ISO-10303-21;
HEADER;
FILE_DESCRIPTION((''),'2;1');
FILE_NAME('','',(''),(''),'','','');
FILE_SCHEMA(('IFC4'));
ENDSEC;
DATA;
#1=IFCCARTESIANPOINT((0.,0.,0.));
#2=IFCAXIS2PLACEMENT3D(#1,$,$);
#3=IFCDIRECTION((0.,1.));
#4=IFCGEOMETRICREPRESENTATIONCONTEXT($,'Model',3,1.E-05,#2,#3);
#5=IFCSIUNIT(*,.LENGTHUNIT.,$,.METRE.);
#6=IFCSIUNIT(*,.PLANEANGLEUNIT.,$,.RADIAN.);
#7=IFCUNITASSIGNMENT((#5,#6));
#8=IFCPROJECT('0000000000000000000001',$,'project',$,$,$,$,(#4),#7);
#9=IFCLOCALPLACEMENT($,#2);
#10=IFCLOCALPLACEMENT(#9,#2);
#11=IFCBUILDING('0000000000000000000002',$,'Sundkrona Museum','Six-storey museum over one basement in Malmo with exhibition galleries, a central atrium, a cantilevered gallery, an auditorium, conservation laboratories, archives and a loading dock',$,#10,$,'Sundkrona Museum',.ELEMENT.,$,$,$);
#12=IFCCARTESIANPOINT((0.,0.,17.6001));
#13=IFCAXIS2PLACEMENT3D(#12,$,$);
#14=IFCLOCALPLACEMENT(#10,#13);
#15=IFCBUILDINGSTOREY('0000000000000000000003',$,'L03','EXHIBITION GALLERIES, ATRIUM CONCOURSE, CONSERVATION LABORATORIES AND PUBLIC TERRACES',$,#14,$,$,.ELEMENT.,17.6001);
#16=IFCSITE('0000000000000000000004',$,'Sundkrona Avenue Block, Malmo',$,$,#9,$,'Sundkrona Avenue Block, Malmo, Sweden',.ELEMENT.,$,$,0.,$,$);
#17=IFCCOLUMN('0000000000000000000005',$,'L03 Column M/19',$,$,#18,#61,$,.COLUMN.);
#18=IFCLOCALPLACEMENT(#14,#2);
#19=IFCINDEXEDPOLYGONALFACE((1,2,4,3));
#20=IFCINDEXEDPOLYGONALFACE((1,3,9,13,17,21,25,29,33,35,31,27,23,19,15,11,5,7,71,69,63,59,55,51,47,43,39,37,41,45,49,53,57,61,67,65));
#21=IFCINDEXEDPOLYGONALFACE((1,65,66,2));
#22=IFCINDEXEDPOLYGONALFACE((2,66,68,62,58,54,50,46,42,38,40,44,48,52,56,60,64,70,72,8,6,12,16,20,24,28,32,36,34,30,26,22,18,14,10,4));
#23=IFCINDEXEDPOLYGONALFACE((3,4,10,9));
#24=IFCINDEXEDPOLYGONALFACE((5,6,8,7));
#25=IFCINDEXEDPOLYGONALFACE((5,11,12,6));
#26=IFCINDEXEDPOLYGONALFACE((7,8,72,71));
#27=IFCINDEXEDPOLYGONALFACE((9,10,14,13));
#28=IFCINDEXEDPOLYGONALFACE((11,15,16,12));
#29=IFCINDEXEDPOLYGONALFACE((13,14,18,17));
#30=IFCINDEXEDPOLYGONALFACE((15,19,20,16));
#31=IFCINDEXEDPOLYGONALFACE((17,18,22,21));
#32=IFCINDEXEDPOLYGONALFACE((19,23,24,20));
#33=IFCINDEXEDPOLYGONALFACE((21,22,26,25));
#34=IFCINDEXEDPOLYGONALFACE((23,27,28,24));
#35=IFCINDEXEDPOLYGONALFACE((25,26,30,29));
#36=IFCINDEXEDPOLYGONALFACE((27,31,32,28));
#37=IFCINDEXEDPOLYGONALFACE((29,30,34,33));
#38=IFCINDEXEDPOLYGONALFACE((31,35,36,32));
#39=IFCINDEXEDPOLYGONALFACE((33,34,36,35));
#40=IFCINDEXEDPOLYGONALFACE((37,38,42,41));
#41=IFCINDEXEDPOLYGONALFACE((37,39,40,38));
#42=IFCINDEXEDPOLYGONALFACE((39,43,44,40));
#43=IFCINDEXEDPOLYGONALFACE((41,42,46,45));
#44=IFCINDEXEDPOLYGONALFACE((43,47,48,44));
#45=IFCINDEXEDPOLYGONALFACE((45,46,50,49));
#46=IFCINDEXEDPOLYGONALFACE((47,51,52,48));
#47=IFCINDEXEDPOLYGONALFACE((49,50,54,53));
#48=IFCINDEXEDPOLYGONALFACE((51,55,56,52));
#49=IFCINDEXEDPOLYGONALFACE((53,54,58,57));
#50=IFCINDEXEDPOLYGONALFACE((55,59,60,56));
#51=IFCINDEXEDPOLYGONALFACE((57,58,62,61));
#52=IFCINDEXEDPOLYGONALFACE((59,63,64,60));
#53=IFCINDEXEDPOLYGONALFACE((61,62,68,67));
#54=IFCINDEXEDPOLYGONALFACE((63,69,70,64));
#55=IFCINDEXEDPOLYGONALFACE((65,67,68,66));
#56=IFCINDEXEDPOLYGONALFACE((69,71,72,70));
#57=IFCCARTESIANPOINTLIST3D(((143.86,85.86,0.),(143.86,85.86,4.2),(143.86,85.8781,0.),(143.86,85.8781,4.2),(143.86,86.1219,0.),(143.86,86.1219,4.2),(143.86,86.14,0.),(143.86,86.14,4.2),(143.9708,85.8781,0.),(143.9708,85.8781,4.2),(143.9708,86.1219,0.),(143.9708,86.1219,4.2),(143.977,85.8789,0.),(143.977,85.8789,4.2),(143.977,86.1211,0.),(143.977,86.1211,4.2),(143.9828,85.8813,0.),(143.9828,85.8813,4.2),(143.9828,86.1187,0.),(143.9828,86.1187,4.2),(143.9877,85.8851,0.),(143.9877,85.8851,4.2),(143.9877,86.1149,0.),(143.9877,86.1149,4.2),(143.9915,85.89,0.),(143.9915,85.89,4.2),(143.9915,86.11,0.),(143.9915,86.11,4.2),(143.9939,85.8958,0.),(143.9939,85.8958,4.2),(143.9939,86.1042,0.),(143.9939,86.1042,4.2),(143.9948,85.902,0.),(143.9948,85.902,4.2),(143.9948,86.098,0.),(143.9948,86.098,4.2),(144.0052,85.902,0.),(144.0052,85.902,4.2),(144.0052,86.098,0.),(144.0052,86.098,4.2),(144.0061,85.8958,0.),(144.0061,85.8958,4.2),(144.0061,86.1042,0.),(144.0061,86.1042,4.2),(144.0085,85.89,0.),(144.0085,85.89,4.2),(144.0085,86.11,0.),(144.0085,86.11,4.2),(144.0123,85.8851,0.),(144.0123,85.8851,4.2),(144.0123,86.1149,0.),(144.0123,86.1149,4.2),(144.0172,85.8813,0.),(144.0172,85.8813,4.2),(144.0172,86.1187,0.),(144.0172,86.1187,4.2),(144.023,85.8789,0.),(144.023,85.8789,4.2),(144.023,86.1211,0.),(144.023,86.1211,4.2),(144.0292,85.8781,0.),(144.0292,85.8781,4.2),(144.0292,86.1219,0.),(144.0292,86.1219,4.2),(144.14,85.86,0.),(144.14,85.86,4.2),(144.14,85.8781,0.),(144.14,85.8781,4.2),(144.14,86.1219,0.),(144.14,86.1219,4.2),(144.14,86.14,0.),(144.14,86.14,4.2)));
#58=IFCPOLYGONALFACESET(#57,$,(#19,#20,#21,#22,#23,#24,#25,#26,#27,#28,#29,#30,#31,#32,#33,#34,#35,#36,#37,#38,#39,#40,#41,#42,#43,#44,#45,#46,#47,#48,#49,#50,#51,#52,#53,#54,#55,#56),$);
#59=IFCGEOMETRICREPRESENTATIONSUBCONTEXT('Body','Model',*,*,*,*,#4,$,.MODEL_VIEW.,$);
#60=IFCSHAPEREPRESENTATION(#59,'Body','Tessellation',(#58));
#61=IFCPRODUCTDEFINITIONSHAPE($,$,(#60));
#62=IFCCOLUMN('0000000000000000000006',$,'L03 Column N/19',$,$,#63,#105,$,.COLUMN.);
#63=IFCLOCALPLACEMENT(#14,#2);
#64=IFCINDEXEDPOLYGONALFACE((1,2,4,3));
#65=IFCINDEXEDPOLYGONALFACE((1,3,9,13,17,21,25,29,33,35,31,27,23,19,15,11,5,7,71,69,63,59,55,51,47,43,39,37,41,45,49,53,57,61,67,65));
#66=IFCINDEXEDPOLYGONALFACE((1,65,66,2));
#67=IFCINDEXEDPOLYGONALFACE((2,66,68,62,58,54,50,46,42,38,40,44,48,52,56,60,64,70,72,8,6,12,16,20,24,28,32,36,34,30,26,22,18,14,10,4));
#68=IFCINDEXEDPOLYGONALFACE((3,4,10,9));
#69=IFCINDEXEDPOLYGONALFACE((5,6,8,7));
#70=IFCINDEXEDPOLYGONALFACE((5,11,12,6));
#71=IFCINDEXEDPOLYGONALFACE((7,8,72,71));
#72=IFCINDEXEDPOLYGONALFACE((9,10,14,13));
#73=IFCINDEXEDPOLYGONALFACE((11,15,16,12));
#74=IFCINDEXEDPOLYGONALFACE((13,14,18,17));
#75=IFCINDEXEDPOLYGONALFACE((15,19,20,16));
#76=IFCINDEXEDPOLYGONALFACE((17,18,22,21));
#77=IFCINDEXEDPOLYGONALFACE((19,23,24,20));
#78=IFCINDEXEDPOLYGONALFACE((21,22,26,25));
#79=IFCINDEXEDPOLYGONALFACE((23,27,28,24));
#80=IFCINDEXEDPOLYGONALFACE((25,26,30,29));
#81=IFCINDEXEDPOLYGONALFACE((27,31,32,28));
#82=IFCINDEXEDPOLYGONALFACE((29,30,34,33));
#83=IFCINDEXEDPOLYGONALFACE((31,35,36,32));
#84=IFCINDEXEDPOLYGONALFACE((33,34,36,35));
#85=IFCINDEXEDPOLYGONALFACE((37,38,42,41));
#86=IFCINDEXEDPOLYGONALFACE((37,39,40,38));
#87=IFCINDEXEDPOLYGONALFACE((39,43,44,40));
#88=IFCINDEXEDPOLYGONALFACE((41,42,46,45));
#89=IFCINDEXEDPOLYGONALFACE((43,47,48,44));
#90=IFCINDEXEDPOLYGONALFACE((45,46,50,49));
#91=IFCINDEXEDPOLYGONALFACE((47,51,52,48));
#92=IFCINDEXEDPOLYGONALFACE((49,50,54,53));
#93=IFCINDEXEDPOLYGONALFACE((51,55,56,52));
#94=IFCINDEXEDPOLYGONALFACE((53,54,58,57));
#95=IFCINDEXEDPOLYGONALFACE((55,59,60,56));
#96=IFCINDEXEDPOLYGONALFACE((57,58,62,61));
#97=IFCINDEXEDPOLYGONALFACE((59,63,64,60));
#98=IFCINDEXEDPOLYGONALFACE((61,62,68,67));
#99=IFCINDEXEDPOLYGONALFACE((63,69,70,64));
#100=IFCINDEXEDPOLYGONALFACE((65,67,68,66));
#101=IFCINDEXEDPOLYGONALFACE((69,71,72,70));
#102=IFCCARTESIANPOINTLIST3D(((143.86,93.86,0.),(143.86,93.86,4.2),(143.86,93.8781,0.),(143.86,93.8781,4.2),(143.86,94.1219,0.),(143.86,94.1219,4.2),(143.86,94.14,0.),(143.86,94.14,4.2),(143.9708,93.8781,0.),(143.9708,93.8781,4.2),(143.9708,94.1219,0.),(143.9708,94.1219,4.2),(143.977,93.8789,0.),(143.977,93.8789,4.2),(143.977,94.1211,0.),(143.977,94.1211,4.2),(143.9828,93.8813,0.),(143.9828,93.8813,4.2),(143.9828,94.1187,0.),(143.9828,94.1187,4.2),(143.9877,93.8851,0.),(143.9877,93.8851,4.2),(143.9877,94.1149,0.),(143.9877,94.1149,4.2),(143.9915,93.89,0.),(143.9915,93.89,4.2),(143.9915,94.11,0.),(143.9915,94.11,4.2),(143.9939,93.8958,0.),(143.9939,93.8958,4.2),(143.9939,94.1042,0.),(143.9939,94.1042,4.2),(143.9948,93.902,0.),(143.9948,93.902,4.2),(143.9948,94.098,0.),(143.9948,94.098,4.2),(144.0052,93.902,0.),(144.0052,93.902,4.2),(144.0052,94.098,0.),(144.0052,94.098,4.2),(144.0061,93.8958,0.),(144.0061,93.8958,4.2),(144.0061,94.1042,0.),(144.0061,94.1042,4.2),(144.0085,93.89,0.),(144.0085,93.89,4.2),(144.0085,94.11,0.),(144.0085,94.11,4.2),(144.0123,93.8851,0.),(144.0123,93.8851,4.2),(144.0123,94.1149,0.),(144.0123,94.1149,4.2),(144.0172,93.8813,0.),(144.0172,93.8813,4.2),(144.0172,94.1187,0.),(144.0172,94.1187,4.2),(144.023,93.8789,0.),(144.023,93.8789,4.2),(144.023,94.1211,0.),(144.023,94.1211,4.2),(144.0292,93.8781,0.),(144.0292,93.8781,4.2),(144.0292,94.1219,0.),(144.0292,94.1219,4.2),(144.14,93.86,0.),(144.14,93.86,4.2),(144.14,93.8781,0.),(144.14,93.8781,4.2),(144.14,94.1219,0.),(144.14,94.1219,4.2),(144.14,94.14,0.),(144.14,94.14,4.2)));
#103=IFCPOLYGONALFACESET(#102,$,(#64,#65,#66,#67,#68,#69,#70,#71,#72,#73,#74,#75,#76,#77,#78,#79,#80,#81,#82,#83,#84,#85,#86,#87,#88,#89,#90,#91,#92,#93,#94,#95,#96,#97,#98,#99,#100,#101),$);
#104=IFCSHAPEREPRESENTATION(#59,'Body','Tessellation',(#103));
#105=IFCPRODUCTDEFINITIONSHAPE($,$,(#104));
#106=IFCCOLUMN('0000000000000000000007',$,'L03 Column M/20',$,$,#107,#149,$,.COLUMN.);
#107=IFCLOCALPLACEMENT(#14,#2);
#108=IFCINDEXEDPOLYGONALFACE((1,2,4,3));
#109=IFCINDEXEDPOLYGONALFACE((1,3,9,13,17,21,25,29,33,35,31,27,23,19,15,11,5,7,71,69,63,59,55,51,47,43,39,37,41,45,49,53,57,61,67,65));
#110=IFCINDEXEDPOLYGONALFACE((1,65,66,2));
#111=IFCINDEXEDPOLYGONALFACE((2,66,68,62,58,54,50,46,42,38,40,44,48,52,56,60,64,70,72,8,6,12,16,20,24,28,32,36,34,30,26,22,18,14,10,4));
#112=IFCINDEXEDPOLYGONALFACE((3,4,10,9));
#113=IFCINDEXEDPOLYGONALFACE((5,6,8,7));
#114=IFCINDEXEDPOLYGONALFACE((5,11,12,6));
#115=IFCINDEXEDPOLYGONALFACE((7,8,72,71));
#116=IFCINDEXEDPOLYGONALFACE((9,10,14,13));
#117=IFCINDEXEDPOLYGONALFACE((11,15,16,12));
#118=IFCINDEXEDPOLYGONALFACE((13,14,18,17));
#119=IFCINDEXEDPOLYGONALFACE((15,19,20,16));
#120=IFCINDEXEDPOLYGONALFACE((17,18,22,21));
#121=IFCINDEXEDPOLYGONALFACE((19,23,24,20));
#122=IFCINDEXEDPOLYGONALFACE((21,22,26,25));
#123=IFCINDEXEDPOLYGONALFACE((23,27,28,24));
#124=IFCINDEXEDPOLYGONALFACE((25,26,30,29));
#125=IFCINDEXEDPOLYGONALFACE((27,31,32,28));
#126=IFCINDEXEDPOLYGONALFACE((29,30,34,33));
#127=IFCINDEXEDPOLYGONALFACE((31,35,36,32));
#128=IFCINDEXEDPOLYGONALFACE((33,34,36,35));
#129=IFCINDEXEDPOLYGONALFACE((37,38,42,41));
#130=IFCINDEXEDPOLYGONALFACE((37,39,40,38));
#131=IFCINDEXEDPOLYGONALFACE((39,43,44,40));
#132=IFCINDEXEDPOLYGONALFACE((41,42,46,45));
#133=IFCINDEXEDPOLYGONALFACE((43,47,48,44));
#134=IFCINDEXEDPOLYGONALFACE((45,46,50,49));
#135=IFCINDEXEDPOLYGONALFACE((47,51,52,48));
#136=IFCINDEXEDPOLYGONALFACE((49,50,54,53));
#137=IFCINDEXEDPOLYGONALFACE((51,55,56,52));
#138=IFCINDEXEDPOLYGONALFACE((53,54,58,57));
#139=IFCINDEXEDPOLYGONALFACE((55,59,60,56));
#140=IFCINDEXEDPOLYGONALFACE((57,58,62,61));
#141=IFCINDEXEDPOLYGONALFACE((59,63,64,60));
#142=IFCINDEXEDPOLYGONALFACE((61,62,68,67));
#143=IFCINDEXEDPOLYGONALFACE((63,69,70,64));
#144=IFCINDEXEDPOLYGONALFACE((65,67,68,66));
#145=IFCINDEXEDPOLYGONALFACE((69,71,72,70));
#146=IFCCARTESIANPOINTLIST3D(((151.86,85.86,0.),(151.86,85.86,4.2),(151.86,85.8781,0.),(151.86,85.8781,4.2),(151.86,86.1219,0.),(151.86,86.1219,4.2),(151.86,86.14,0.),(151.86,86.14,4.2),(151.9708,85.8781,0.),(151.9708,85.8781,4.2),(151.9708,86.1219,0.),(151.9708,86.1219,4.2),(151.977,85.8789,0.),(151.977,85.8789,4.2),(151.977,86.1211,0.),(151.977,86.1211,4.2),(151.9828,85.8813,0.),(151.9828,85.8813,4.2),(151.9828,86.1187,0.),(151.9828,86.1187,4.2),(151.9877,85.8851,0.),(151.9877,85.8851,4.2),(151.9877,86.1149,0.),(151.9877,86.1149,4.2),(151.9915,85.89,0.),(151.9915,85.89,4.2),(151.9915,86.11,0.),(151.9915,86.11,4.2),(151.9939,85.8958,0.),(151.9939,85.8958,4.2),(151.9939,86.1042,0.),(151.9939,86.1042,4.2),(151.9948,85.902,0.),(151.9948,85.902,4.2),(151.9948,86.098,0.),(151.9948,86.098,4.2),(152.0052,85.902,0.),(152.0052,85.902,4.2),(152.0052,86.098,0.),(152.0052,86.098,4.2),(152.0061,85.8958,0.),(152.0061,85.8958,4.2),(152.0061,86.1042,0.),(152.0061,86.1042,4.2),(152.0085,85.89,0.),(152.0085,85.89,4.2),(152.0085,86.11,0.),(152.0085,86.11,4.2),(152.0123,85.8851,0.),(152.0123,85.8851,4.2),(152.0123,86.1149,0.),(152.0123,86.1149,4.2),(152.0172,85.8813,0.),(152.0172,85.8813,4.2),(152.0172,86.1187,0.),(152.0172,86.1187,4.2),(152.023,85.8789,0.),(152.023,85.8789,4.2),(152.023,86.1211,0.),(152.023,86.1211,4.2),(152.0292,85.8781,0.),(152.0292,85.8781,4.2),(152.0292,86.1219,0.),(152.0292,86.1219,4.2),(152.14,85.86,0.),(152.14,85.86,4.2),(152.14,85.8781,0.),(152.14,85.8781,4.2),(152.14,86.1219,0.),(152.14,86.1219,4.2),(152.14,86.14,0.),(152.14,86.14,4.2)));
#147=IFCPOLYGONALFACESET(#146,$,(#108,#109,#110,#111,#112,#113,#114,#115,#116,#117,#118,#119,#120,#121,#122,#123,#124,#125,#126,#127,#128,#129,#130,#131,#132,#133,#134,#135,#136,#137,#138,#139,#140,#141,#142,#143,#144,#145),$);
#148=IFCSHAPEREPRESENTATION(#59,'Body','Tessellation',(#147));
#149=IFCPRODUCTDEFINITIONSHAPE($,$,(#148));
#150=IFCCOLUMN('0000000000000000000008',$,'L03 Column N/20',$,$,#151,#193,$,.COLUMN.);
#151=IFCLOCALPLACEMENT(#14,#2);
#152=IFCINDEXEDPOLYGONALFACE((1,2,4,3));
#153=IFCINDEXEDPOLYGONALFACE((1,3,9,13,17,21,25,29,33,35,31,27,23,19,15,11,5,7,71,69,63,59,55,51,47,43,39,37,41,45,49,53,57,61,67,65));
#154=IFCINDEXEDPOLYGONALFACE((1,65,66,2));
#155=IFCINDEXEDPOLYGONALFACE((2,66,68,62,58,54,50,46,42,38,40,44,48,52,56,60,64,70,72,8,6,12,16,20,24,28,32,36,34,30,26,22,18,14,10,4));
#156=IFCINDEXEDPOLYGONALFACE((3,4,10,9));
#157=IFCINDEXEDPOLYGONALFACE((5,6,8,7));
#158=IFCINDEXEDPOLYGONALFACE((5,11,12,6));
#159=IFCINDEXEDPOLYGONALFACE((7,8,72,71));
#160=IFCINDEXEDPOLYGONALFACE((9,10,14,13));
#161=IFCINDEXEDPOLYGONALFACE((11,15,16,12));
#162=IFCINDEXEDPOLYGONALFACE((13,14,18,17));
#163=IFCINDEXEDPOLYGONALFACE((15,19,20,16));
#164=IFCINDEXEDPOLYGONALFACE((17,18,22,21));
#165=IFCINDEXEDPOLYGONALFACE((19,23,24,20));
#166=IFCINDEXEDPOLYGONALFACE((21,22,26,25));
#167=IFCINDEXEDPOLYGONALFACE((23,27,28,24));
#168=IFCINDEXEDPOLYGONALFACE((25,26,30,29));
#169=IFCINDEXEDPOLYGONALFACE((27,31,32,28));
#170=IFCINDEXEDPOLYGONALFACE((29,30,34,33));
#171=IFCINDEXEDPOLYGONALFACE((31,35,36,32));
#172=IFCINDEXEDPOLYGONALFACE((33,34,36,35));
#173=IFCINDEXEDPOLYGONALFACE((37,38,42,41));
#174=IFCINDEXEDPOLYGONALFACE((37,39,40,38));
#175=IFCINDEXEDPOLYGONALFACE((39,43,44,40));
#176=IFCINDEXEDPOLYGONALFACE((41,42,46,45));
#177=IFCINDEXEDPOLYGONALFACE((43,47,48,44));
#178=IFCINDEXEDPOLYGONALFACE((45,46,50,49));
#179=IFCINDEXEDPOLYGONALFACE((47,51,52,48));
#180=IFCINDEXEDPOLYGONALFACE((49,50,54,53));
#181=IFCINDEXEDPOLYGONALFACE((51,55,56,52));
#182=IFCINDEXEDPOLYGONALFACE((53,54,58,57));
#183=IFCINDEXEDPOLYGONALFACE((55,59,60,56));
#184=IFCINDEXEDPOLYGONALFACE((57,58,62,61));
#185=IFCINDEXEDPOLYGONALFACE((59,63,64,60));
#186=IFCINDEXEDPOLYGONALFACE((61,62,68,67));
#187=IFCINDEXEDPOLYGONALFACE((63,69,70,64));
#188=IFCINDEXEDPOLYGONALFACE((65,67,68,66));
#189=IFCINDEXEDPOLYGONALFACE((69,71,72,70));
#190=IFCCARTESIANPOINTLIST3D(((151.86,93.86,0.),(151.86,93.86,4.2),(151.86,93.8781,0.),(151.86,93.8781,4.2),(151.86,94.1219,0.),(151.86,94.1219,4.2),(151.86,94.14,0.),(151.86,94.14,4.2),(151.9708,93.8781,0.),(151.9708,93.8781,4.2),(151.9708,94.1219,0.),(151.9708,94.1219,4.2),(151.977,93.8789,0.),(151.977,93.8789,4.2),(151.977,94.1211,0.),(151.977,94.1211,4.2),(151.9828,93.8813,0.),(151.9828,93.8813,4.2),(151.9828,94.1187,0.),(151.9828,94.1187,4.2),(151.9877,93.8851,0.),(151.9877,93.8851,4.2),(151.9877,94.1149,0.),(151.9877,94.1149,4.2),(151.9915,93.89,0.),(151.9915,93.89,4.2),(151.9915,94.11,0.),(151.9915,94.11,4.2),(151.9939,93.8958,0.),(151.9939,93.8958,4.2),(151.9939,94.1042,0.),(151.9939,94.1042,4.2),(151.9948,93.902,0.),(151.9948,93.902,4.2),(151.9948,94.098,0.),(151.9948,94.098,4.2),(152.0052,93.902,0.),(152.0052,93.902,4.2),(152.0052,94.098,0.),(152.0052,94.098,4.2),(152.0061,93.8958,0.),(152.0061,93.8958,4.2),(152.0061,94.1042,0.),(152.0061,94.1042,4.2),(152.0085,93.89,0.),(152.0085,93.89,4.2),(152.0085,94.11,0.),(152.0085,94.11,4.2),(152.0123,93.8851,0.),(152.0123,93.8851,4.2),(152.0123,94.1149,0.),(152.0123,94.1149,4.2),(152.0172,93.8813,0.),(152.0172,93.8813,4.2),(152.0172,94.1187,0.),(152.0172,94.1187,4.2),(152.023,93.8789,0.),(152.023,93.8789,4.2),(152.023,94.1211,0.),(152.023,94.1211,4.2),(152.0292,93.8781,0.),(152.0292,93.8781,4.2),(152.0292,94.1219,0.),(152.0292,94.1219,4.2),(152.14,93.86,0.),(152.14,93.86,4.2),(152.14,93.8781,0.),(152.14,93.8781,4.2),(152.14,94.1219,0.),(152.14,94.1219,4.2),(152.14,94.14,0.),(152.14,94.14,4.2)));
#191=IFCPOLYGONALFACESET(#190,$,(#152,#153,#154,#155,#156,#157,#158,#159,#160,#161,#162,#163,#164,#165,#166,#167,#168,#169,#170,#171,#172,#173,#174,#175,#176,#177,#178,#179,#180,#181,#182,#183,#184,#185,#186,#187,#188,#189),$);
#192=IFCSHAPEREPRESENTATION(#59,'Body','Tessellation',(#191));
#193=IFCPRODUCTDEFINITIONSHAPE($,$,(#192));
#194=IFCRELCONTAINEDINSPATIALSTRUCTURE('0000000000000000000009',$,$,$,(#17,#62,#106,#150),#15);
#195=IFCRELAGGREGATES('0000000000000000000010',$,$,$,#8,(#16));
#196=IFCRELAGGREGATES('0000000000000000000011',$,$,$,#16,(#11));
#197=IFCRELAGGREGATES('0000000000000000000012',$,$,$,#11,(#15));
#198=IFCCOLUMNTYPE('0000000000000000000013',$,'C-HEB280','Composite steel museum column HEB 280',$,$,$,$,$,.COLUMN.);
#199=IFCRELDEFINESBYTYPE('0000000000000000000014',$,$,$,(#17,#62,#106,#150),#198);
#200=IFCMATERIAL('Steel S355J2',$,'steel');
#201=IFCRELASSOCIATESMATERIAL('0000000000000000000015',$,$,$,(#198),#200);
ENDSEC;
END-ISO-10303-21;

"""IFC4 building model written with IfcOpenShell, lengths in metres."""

from ifc_helpers import new_model, si_unit, direction, frame, origin, origin_2d, place, context, subcontext, project, spatial, i_section, extrude, material, material_profile, profile_set, type_object, element, save


model = new_model("IFC4")

# Units and contexts
model_context = context("Model", 3, precision=1e-05, world=origin(), true_north=direction((0.0, 1.0)))
body_context = subcontext(model_context, "Body", "Model", "MODEL_VIEW")
ifc_project = project(units=[si_unit("LENGTHUNIT", "METRE"), si_unit("PLANEANGLEUNIT", "RADIAN")], contexts=[model_context])

# Site, building, storey
site_placement = place(None, origin())
site = spatial("IfcSite", under=ifc_project, at=site_placement, Name="Sundkrona Avenue Block, Malmo", LongName="Sundkrona Avenue Block, Malmo, Sweden", CompositionType="ELEMENT", RefElevation=0.0)
building_placement = place(site_placement, origin())
building = spatial("IfcBuilding", under=site, at=building_placement, Name="Sundkrona Museum", Description="Six-storey museum over one basement in Malmo with exhibition galleries, a central atrium, a cantilevered gallery, an auditorium, conservation laboratories, archives and a loading dock", LongName="Sundkrona Museum", CompositionType="ELEMENT")
storey_placement = place(building_placement, frame((0.0, 0.0, 17.6001)))
storey = spatial("IfcBuildingStorey", under=building, at=storey_placement, Name="L03", Description="EXHIBITION GALLERIES, ATRIUM CONCOURSE, CONSERVATION LABORATORIES AND PUBLIC TERRACES", CompositionType="ELEMENT", Elevation=17.6001)

# Columns
ifc_material_1 = material(Name="Steel S355J2", Category="steel")
ifc_material_profile_1 = material_profile(ifc_material_1, i_section(OverallWidth=0.28, OverallDepth=0.28, WebThickness=0.0105, FlangeThickness=0.0181, FilletRadius=0.0239, at=origin_2d()), Name="HEB 280")
ifc_profile_set_1 = profile_set([ifc_material_profile_1], Name="Steel S355J2")
column_type = type_object("IfcColumnType", Name="C-HEB280", Description="Composite steel museum column HEB 280", PredefinedType="COLUMN", material=ifc_profile_set_1)
for number, where, z_axis, x_axis, name in (
    (1, (144.0, 86.0, 0.0), (0.0, 0.0, 1.0), (1.0, 0.0, 0.0), "L03 Column M/19"),
    (2, (144.0, 94.0, 0.0), (0.0, 0.0, 1.0), (1.0, 0.0, 0.0), "L03 Column N/19"),
    (3, (152.0, 86.0, 0.0), (0.0, 0.0, 1.0), (1.0, 0.0, 0.0), "L03 Column M/20"),
    (4, (152.0, 94.0, 0.0), (0.0, 0.0, 1.0), (1.0, 0.0, 0.0), "L03 Column N/20"),
):
    element("IfcColumn", number, at=place(storey_placement, frame(where, z_axis=z_axis, x_axis=x_axis)), inside=storey, type_object=column_type, Name=name, PredefinedType="COLUMN", context=body_context, shape_type="SweptSolid", body=[
        extrude(i_section(OverallWidth=0.28, OverallDepth=0.28, WebThickness=0.0105, FlangeThickness=0.0181, FilletRadius=0.0239, at=origin_2d()), origin(), (0.0, 0.0, 1.0), 4.2),
    ])

save(model, "model.ifc")
